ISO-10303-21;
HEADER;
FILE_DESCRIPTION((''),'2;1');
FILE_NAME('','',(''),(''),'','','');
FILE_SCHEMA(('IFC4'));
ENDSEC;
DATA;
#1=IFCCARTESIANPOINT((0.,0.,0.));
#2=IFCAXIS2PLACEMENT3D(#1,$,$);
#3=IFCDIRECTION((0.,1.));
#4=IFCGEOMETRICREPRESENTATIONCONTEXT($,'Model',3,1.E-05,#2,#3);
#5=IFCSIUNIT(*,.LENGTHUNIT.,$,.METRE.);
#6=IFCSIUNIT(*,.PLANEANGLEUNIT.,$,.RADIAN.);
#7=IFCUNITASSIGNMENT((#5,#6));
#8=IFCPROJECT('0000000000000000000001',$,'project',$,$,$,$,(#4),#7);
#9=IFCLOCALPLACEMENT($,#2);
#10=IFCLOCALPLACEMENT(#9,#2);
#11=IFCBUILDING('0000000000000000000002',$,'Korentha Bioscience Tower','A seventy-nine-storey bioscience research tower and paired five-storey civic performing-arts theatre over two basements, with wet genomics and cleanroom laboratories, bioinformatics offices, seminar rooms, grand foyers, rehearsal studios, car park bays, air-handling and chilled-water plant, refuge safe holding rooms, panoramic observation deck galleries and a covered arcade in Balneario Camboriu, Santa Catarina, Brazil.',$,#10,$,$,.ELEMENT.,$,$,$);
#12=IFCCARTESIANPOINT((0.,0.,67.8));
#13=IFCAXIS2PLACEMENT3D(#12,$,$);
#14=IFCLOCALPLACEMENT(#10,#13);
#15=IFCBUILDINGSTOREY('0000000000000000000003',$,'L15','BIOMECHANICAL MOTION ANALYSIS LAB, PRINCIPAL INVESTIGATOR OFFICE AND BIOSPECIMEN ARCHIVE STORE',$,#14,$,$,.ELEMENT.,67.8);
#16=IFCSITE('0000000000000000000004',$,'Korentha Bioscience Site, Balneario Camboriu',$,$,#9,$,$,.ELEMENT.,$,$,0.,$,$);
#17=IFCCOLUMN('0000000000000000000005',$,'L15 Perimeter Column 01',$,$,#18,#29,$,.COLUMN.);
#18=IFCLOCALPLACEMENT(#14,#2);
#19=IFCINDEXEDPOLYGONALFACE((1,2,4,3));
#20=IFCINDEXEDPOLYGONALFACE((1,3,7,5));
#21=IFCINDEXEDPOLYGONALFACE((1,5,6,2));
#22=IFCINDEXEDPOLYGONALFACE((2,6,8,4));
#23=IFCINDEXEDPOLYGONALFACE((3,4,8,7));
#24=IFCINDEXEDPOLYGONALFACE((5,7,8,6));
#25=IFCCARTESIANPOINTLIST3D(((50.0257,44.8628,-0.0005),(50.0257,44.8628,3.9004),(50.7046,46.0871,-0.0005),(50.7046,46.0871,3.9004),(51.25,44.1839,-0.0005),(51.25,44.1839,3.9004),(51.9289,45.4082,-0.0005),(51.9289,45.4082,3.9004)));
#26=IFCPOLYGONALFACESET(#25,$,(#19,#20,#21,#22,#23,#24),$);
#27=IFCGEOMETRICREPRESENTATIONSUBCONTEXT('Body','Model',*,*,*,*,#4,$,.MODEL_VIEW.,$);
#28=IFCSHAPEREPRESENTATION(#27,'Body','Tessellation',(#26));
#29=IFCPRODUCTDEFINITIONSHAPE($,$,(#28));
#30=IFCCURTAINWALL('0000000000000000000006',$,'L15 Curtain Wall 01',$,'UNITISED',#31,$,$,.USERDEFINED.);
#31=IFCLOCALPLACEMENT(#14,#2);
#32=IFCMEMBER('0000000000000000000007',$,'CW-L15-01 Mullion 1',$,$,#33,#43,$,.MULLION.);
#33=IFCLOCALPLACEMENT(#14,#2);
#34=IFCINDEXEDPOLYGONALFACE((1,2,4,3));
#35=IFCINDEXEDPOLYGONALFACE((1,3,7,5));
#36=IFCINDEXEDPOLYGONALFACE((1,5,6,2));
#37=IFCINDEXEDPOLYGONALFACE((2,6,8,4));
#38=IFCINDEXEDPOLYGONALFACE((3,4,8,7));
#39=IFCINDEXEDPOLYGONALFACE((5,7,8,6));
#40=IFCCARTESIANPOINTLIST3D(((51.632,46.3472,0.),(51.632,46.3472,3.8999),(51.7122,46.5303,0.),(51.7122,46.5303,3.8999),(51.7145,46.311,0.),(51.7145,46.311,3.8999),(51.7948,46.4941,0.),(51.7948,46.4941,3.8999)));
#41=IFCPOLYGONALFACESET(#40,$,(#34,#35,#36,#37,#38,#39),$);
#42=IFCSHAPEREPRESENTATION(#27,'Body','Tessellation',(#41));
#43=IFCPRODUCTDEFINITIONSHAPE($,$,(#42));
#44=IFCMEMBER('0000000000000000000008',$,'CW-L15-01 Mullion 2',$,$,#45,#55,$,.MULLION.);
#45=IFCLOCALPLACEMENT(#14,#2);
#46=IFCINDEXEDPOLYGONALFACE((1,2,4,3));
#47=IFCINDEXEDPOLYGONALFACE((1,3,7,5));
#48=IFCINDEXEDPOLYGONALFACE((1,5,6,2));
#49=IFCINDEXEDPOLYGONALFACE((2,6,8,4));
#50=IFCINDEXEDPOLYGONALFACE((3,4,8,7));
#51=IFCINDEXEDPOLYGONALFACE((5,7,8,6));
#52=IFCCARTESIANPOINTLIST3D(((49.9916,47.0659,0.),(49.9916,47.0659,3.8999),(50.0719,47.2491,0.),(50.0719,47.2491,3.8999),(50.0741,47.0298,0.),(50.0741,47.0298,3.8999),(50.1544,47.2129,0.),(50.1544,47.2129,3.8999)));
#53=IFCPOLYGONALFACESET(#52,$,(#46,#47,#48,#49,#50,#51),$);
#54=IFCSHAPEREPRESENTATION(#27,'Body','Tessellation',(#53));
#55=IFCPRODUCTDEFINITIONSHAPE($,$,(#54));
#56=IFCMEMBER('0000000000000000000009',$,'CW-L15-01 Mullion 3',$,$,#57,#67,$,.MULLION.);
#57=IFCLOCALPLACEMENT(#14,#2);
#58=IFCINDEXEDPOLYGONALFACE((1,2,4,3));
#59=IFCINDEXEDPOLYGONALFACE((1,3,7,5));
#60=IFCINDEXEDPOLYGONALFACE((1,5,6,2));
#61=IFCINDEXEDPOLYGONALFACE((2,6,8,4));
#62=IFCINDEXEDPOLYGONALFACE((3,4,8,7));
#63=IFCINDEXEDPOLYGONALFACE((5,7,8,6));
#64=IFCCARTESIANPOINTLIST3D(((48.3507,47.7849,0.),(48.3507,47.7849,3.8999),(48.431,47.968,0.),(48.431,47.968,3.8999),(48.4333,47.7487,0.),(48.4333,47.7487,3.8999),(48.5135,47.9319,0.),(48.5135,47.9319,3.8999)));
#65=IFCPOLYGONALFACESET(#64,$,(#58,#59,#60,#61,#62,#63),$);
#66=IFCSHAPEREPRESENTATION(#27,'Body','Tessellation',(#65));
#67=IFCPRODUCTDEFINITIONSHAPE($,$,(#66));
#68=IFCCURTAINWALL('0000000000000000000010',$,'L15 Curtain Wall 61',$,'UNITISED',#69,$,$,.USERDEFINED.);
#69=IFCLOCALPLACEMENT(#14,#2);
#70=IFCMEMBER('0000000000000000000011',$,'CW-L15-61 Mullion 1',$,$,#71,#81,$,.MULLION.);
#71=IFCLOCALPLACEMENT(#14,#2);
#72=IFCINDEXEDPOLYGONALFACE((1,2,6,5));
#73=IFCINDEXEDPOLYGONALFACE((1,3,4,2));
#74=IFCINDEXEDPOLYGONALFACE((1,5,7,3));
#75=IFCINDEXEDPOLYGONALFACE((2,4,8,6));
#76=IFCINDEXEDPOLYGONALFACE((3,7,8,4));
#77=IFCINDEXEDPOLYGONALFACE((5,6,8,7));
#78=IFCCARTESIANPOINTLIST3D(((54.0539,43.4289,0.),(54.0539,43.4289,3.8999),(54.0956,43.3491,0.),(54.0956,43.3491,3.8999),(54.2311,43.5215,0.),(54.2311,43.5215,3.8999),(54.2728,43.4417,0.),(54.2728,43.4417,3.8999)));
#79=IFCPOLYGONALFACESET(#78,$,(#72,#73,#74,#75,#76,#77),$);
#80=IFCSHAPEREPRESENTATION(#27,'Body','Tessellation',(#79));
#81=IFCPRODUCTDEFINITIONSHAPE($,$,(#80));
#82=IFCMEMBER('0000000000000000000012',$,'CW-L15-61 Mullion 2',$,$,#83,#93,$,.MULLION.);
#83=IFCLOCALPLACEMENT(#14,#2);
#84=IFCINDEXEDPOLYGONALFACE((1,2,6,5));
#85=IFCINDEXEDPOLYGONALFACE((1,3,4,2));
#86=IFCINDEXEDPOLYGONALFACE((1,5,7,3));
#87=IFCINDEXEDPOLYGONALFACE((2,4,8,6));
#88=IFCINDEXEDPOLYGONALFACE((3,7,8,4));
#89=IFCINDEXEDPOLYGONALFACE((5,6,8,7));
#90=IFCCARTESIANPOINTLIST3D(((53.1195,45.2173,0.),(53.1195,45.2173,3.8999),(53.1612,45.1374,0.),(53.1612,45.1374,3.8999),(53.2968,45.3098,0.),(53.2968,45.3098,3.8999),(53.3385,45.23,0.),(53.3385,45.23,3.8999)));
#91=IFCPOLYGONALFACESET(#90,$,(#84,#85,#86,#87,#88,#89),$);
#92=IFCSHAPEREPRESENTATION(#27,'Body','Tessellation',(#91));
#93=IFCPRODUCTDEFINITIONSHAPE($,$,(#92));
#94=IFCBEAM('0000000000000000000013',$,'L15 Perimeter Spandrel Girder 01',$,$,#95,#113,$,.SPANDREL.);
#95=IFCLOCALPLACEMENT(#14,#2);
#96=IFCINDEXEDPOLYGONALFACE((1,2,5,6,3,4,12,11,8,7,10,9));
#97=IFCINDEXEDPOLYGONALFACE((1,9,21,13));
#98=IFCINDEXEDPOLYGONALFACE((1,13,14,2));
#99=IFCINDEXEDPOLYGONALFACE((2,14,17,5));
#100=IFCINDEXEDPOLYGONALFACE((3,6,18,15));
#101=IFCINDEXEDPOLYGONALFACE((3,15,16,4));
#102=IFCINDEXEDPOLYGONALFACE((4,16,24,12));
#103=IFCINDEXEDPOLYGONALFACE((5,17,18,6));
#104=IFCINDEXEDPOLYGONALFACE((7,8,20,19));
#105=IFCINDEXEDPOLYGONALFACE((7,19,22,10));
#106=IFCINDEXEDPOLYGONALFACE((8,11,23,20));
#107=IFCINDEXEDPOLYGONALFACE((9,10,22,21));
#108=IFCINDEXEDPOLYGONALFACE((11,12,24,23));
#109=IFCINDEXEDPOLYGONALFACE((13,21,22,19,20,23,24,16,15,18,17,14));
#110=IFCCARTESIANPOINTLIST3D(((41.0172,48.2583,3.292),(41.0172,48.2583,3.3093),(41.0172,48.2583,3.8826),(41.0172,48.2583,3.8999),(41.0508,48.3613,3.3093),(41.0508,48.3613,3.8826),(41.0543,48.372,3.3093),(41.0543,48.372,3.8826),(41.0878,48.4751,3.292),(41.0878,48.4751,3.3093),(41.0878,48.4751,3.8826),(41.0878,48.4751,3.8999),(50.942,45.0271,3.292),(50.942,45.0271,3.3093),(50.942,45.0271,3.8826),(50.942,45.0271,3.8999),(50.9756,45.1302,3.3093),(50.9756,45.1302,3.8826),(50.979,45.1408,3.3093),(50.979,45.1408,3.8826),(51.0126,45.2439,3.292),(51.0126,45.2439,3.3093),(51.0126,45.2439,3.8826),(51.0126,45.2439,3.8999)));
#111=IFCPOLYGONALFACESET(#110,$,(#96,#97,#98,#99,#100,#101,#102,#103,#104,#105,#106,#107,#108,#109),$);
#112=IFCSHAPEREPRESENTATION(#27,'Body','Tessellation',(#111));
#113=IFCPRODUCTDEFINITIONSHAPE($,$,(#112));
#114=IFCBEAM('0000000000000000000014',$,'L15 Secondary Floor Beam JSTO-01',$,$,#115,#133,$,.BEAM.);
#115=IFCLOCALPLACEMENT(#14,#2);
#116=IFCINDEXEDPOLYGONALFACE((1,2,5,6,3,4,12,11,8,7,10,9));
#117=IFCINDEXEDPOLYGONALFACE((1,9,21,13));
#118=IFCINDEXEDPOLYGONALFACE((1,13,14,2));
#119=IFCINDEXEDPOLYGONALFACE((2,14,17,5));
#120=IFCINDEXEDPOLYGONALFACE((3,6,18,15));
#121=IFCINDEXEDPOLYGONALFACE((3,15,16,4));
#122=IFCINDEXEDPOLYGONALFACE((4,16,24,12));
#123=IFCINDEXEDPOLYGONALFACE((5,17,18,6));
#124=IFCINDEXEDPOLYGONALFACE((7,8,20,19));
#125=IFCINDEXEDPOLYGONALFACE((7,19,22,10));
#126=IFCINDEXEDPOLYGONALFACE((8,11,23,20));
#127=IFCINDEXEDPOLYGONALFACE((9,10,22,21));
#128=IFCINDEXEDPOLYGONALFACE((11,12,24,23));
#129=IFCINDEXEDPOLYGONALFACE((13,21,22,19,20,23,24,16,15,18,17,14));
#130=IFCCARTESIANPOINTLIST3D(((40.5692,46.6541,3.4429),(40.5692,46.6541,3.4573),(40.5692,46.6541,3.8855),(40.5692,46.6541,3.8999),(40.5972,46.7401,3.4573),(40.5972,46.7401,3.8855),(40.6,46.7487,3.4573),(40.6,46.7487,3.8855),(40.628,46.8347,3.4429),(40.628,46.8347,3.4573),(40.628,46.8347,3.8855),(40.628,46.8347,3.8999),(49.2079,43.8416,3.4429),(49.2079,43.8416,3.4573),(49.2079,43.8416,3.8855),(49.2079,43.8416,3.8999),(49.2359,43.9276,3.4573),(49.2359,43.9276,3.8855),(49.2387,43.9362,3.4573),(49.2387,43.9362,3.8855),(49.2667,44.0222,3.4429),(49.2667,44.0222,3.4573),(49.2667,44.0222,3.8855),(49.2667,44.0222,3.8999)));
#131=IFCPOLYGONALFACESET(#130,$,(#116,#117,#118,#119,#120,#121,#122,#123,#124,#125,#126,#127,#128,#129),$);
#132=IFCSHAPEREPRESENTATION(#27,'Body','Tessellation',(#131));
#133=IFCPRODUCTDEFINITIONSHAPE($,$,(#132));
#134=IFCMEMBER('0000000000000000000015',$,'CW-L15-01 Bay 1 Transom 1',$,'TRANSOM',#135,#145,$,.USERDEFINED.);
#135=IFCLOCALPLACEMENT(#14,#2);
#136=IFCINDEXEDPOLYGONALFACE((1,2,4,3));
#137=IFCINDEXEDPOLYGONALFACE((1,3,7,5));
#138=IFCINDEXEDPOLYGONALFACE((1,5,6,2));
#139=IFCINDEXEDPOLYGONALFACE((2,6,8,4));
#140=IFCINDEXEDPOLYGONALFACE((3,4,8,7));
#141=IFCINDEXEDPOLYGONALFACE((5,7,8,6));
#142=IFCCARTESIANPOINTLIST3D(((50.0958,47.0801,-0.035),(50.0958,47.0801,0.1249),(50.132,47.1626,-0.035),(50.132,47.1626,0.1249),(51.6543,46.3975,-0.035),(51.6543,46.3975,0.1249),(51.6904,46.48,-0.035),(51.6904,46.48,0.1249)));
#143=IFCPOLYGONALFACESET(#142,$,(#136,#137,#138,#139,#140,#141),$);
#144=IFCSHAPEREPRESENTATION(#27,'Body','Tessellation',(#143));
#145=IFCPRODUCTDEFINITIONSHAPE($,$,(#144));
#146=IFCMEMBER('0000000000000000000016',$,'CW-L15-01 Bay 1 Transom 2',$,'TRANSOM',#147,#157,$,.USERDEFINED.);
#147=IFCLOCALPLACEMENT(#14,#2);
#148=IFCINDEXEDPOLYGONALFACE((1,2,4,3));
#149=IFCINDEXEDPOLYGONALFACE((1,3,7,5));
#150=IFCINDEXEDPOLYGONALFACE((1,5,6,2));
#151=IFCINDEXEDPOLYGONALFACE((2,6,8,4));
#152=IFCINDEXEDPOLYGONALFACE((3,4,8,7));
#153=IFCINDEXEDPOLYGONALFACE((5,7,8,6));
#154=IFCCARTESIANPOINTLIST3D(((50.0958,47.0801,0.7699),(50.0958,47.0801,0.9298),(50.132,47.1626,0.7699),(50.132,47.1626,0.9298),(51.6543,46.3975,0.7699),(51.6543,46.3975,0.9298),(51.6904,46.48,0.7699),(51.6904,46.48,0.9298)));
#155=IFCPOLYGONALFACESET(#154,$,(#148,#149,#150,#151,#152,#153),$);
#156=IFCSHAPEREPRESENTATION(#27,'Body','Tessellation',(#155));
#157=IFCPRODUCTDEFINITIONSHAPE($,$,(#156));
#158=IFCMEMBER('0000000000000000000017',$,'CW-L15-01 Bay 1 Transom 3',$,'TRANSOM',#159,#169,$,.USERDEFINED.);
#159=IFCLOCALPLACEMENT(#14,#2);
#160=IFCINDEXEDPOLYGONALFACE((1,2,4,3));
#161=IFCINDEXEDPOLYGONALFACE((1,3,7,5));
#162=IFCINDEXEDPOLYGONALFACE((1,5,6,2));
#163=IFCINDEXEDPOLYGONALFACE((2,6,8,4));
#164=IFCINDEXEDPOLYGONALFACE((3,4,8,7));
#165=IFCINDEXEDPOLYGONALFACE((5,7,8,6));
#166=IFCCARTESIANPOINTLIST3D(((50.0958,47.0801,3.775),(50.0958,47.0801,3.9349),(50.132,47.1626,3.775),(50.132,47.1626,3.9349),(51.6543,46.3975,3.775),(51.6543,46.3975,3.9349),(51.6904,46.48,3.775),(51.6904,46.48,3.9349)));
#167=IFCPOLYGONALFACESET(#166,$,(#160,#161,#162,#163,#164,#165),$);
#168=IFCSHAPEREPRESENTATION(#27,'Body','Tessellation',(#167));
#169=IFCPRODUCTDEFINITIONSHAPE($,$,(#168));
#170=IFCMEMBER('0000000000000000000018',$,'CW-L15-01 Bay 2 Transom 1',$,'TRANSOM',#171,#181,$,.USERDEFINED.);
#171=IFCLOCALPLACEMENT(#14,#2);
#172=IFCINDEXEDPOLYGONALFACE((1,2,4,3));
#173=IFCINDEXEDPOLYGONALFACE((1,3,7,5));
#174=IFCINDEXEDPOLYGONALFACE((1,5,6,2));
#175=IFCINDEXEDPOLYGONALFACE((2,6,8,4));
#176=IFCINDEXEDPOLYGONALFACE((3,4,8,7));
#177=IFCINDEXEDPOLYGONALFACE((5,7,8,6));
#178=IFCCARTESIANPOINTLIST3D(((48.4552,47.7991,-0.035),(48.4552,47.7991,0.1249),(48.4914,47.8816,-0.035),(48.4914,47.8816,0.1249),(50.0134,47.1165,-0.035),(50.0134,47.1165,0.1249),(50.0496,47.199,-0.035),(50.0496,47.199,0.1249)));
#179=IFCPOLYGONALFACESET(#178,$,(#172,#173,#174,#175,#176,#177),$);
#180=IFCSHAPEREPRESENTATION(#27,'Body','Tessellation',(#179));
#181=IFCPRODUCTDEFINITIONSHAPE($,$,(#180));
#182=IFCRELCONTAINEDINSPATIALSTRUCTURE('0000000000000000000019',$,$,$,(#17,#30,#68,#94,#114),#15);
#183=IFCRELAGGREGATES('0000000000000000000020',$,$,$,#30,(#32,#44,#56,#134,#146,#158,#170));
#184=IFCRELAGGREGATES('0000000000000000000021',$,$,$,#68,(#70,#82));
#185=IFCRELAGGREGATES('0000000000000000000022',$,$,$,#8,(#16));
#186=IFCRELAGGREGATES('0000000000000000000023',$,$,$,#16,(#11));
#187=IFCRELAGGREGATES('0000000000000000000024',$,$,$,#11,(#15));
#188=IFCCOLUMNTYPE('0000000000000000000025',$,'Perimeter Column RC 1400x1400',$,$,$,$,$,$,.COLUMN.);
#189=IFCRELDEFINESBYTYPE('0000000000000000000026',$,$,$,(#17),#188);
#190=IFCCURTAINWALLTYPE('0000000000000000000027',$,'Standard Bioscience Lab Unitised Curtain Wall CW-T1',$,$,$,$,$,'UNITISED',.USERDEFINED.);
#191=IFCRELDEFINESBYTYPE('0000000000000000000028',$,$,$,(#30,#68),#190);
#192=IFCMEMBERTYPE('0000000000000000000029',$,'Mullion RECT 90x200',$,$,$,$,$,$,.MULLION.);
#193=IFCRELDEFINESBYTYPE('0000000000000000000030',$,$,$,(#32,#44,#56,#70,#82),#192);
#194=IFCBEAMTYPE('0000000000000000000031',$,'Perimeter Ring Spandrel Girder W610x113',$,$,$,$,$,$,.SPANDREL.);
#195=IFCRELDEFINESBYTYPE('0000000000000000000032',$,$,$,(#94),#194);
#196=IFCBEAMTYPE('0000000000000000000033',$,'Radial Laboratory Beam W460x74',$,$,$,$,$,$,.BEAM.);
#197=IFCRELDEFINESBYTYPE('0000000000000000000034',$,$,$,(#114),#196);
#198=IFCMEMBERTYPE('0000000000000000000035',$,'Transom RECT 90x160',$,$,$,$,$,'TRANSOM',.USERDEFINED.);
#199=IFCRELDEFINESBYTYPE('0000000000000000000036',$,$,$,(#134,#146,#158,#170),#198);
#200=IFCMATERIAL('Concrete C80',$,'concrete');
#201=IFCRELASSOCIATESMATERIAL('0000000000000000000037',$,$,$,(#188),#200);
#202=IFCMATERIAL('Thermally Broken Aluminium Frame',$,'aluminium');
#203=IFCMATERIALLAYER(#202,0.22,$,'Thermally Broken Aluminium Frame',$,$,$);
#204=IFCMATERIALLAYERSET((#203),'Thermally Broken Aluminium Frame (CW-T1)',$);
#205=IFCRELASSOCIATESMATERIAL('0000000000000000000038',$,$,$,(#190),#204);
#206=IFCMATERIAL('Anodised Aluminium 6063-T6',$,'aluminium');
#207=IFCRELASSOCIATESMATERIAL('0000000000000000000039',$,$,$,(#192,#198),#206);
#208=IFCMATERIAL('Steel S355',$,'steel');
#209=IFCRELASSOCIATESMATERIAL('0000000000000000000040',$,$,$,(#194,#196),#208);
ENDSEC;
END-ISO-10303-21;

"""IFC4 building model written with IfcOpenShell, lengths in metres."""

from ifc_helpers import new_model, si_unit, direction, frame, origin, origin_2d, place, context, subcontext, project, spatial, rectangle, i_section, extrude, material, layer, layer_set, material_profile, profile_set, type_object, element, aggregate, save


model = new_model("IFC4")

# Units and contexts
model_context = context("Model", 3, precision=1e-05, world=origin(), true_north=direction((0.0, 1.0)))
body_context = subcontext(model_context, "Body", "Model", "MODEL_VIEW")
ifc_project = project(units=[si_unit("LENGTHUNIT", "METRE"), si_unit("PLANEANGLEUNIT", "RADIAN")], contexts=[model_context])

# Site, building, storey
site_placement = place(None, origin())
site = spatial("IfcSite", under=ifc_project, at=site_placement, Name="Korentha Bioscience Site, Balneario Camboriu", CompositionType="ELEMENT", RefElevation=0.0)
building_placement = place(site_placement, origin())
building = spatial("IfcBuilding", under=site, at=building_placement, Name="Korentha Bioscience Tower", Description="A seventy-nine-storey bioscience research tower and paired five-storey civic performing-arts theatre over two basements, with wet genomics and cleanroom laboratories, bioinformatics offices, seminar rooms, grand foyers, rehearsal studios, car park bays, air-handling and chilled-water plant, refuge safe holding rooms, panoramic observation deck galleries and a covered arcade in Balneario Camboriu, Santa Catarina, Brazil.", CompositionType="ELEMENT")
storey_placement = place(building_placement, frame((0.0, 0.0, 67.8)))
storey = spatial("IfcBuildingStorey", under=building, at=storey_placement, Name="L15", Description="BIOMECHANICAL MOTION ANALYSIS LAB, PRINCIPAL INVESTIGATOR OFFICE AND BIOSPECIMEN ARCHIVE STORE", CompositionType="ELEMENT", Elevation=67.8)

# Column
ifc_material_1 = material(Name="Concrete C80", Category="concrete")
ifc_material_profile_1 = material_profile(ifc_material_1, rectangle(XDim=1.3999, YDim=1.3999, at=origin_2d()), Name="Concrete C80")
ifc_profile_set_1 = profile_set([ifc_material_profile_1], Name="Concrete C80 (COL-P14)")
column_type = type_object("IfcColumnType", Name="Perimeter Column RC 1400x1400", PredefinedType="COLUMN", material=ifc_profile_set_1)
column_placement = place(storey_placement, frame((50.9773, 45.1355, -0.0005), z_axis=(0.0, 0.0, 1.0), x_axis=(-0.874535, 0.484962, 0.0)))
element("IfcColumn", 1, at=column_placement, inside=storey, type_object=column_type, Name="L15 Perimeter Column 01", PredefinedType="COLUMN", context=body_context, shape_type="SweptSolid", body=[
    extrude(rectangle(XDim=1.3999, YDim=1.3999, at=origin_2d()), origin(), (0.0, 0.0, 1.0), 3.9009),
])

# Curtain walls, members
ifc_material_2 = material(Name="Thermally Broken Aluminium Frame", Category="aluminium")
ifc_layer_1 = layer(ifc_material_2, 0.22, Name="Thermally Broken Aluminium Frame")
ifc_layer_set_1 = layer_set([ifc_layer_1], Name="Thermally Broken Aluminium Frame (CW-T1)")
curtain_wall_type = type_object("IfcCurtainWallType", Name="Standard Bioscience Lab Unitised Curtain Wall CW-T1", ElementType="UNITISED", PredefinedType="USERDEFINED", material=ifc_layer_set_1)
curtain_wall_1_placement = place(storey_placement, origin())
curtain_wall_1 = element("IfcCurtainWall", 2, at=curtain_wall_1_placement, inside=storey, type_object=curtain_wall_type, Name="L15 Curtain Wall 01", ObjectType="UNITISED", PredefinedType="USERDEFINED")
ifc_material_3 = material(Name="Anodised Aluminium 6063-T6", Category="aluminium")
ifc_material_profile_2 = material_profile(ifc_material_3, rectangle(XDim=0.0901, YDim=0.2, at=origin_2d()), Name="Anodised Aluminium 6063-T6")
ifc_profile_set_2 = profile_set([ifc_material_profile_2], Name="Anodised Aluminium 6063-T6 (CW-MUL)")
member_type_1 = type_object("IfcMemberType", Name="Mullion RECT 90x200", PredefinedType="MULLION", material=ifc_profile_set_2)
member_1_placement = place(storey_placement, frame((51.7134, 46.4207, 0.0), z_axis=(0.0, 0.0, 1.0), x_axis=(-0.915939, 0.401317, 0.0)))
member_1 = element("IfcMember", 3, at=member_1_placement, type_object=member_type_1, Name="CW-L15-01 Mullion 1", PredefinedType="MULLION", context=body_context, shape_type="SweptSolid", body=[
    extrude(rectangle(XDim=0.0901, YDim=0.2, at=origin_2d()), origin(), (0.0, 0.0, 1.0), 3.8999),
])
member_2_placement = place(storey_placement, frame((50.073, 47.1394, 0.0), z_axis=(0.0, 0.0, 1.0), x_axis=(-0.915939, 0.401317, 0.0)))
member_2 = element("IfcMember", 4, at=member_2_placement, type_object=member_type_1, Name="CW-L15-01 Mullion 2", PredefinedType="MULLION", context=body_context, shape_type="SweptSolid", body=[
    extrude(rectangle(XDim=0.0901, YDim=0.2, at=origin_2d()), origin(), (0.0, 0.0, 1.0), 3.8999),
])
member_3_placement = place(storey_placement, frame((48.4321, 47.8584, 0.0), z_axis=(0.0, 0.0, 1.0), x_axis=(-0.915939, 0.401317, 0.0)))
member_3 = element("IfcMember", 5, at=member_3_placement, type_object=member_type_1, Name="CW-L15-01 Mullion 3", PredefinedType="MULLION", context=body_context, shape_type="SweptSolid", body=[
    extrude(rectangle(XDim=0.0901, YDim=0.2, at=origin_2d()), origin(), (0.0, 0.0, 1.0), 3.8999),
])
curtain_wall_2_placement = place(storey_placement, origin())
curtain_wall_2 = element("IfcCurtainWall", 6, at=curtain_wall_2_placement, inside=storey, type_object=curtain_wall_type, Name="L15 Curtain Wall 61", ObjectType="UNITISED", PredefinedType="USERDEFINED")
member_4_placement = place(storey_placement, frame((54.1633, 43.4353, 0.0), z_axis=(0.0, 0.0, 1.0), x_axis=(-0.463009, 0.886354, 0.0)))
member_4 = element("IfcMember", 7, at=member_4_placement, type_object=member_type_1, Name="CW-L15-61 Mullion 1", PredefinedType="MULLION", context=body_context, shape_type="SweptSolid", body=[
    extrude(rectangle(XDim=0.0901, YDim=0.2, at=origin_2d()), origin(), (0.0, 0.0, 1.0), 3.8999),
])
member_5_placement = place(storey_placement, frame((53.229, 45.2236, 0.0), z_axis=(0.0, 0.0, 1.0), x_axis=(-0.463009, 0.886354, 0.0)))
member_5 = element("IfcMember", 8, at=member_5_placement, type_object=member_type_1, Name="CW-L15-61 Mullion 2", PredefinedType="MULLION", context=body_context, shape_type="SweptSolid", body=[
    extrude(rectangle(XDim=0.0901, YDim=0.2, at=origin_2d()), origin(), (0.0, 0.0, 1.0), 3.8999),
])

# Beams
ifc_material_4 = material(Name="Steel S355", Category="steel")
ifc_material_profile_3 = material_profile(ifc_material_4, i_section(OverallWidth=0.228, OverallDepth=0.6079, WebThickness=0.0112, FlangeThickness=0.0173, at=origin_2d()), Name="Steel S355")
ifc_profile_set_3 = profile_set([ifc_material_profile_3], Name="Steel S355 (SB-610)")
beam_type_1 = type_object("IfcBeamType", Name="Perimeter Ring Spandrel Girder W610x113", PredefinedType="SPANDREL", material=ifc_profile_set_3)
beam_1_placement = place(storey_placement, frame((50.9773, 45.1355, 3.5959), z_axis=(-0.950875, 0.309575, 0.0), x_axis=(-0.309575, -0.950875, 0.0)))
element("IfcBeam", 9, at=beam_1_placement, inside=storey, type_object=beam_type_1, Name="L15 Perimeter Spandrel Girder 01", PredefinedType="SPANDREL", context=body_context, shape_type="SweptSolid", body=[
    extrude(i_section(OverallWidth=0.228, OverallDepth=0.6079, WebThickness=0.0112, FlangeThickness=0.0173, at=origin_2d()), origin(), (0.0, 0.0, 1.0), 10.4375),
])
ifc_material_profile_4 = material_profile(ifc_material_4, i_section(OverallWidth=0.1899, OverallDepth=0.457, WebThickness=0.009, FlangeThickness=0.0144, at=origin_2d()), Name="Steel S355")
ifc_profile_set_4 = profile_set([ifc_material_profile_4], Name="Steel S355 (RB-460)")
beam_type_2 = type_object("IfcBeamType", Name="Radial Laboratory Beam W460x74", PredefinedType="BEAM", material=ifc_profile_set_4)
beam_2_placement = place(storey_placement, frame((49.2373, 43.9319, 3.6714), z_axis=(-0.950874, 0.309577, 0.0), x_axis=(-0.309577, -0.950874, 0.0)))
element("IfcBeam", 10, at=beam_2_placement, inside=storey, type_object=beam_type_2, Name="L15 Secondary Floor Beam JSTO-01", PredefinedType="BEAM", context=body_context, shape_type="SweptSolid", body=[
    extrude(i_section(OverallWidth=0.1899, OverallDepth=0.457, WebThickness=0.009, FlangeThickness=0.0144, at=origin_2d()), origin(), (0.0, 0.0, 1.0), 9.085),
])

# Members
ifc_material_profile_5 = material_profile(ifc_material_3, rectangle(XDim=0.0901, YDim=0.1599, at=origin_2d()), Name="Anodised Aluminium 6063-T6")
ifc_profile_set_5 = profile_set([ifc_material_profile_5], Name="Anodised Aluminium 6063-T6 (CW-TRN)")
member_type_2 = type_object("IfcMemberType", Name="Transom RECT 90x160", ElementType="TRANSOM", PredefinedType="USERDEFINED", material=ifc_profile_set_5)
member_6_placement = place(storey_placement, frame((51.6724, 46.4387, 0.0449), z_axis=(-0.915976, 0.401233, 0.0), x_axis=(-0.401233, -0.915976, 0.0)))
member_6 = element("IfcMember", 11, at=member_6_placement, type_object=member_type_2, Name="CW-L15-01 Bay 1 Transom 1", ObjectType="TRANSOM", PredefinedType="USERDEFINED", context=body_context, shape_type="SweptSolid", body=[
    extrude(rectangle(XDim=0.0901, YDim=0.1599, at=origin_2d()), origin(), (0.0, 0.0, 1.0), 1.7014),
])
member_7_placement = place(storey_placement, frame((51.6724, 46.4387, 0.8499), z_axis=(-0.915976, 0.401233, 0.0), x_axis=(-0.401233, -0.915976, 0.0)))
member_7 = element("IfcMember", 12, at=member_7_placement, type_object=member_type_2, Name="CW-L15-01 Bay 1 Transom 2", ObjectType="TRANSOM", PredefinedType="USERDEFINED", context=body_context, shape_type="SweptSolid", body=[
    extrude(rectangle(XDim=0.0901, YDim=0.1599, at=origin_2d()), origin(), (0.0, 0.0, 1.0), 1.7014),
])
member_8_placement = place(storey_placement, frame((51.6724, 46.4387, 3.855), z_axis=(-0.915976, 0.401233, 0.0), x_axis=(-0.401233, -0.915976, 0.0)))
member_8 = element("IfcMember", 13, at=member_8_placement, type_object=member_type_2, Name="CW-L15-01 Bay 1 Transom 3", ObjectType="TRANSOM", PredefinedType="USERDEFINED", context=body_context, shape_type="SweptSolid", body=[
    extrude(rectangle(XDim=0.0901, YDim=0.1599, at=origin_2d()), origin(), (0.0, 0.0, 1.0), 1.7014),
])
member_9_placement = place(storey_placement, frame((50.0315, 47.1577, 0.0449), z_axis=(-0.915953, 0.401286, 0.0), x_axis=(-0.401286, -0.915953, 0.0)))
member_9 = element("IfcMember", 14, at=member_9_placement, type_object=member_type_2, Name="CW-L15-01 Bay 2 Transom 1", ObjectType="TRANSOM", PredefinedType="USERDEFINED", context=body_context, shape_type="SweptSolid", body=[
    extrude(rectangle(XDim=0.0901, YDim=0.1599, at=origin_2d()), origin(), (0.0, 0.0, 1.0), 1.7012),
])

aggregate(curtain_wall_1, [member_1, member_2, member_3, member_6, member_7, member_8, member_9])
aggregate(curtain_wall_2, [member_4, member_5])

save(model, "model.ifc")
